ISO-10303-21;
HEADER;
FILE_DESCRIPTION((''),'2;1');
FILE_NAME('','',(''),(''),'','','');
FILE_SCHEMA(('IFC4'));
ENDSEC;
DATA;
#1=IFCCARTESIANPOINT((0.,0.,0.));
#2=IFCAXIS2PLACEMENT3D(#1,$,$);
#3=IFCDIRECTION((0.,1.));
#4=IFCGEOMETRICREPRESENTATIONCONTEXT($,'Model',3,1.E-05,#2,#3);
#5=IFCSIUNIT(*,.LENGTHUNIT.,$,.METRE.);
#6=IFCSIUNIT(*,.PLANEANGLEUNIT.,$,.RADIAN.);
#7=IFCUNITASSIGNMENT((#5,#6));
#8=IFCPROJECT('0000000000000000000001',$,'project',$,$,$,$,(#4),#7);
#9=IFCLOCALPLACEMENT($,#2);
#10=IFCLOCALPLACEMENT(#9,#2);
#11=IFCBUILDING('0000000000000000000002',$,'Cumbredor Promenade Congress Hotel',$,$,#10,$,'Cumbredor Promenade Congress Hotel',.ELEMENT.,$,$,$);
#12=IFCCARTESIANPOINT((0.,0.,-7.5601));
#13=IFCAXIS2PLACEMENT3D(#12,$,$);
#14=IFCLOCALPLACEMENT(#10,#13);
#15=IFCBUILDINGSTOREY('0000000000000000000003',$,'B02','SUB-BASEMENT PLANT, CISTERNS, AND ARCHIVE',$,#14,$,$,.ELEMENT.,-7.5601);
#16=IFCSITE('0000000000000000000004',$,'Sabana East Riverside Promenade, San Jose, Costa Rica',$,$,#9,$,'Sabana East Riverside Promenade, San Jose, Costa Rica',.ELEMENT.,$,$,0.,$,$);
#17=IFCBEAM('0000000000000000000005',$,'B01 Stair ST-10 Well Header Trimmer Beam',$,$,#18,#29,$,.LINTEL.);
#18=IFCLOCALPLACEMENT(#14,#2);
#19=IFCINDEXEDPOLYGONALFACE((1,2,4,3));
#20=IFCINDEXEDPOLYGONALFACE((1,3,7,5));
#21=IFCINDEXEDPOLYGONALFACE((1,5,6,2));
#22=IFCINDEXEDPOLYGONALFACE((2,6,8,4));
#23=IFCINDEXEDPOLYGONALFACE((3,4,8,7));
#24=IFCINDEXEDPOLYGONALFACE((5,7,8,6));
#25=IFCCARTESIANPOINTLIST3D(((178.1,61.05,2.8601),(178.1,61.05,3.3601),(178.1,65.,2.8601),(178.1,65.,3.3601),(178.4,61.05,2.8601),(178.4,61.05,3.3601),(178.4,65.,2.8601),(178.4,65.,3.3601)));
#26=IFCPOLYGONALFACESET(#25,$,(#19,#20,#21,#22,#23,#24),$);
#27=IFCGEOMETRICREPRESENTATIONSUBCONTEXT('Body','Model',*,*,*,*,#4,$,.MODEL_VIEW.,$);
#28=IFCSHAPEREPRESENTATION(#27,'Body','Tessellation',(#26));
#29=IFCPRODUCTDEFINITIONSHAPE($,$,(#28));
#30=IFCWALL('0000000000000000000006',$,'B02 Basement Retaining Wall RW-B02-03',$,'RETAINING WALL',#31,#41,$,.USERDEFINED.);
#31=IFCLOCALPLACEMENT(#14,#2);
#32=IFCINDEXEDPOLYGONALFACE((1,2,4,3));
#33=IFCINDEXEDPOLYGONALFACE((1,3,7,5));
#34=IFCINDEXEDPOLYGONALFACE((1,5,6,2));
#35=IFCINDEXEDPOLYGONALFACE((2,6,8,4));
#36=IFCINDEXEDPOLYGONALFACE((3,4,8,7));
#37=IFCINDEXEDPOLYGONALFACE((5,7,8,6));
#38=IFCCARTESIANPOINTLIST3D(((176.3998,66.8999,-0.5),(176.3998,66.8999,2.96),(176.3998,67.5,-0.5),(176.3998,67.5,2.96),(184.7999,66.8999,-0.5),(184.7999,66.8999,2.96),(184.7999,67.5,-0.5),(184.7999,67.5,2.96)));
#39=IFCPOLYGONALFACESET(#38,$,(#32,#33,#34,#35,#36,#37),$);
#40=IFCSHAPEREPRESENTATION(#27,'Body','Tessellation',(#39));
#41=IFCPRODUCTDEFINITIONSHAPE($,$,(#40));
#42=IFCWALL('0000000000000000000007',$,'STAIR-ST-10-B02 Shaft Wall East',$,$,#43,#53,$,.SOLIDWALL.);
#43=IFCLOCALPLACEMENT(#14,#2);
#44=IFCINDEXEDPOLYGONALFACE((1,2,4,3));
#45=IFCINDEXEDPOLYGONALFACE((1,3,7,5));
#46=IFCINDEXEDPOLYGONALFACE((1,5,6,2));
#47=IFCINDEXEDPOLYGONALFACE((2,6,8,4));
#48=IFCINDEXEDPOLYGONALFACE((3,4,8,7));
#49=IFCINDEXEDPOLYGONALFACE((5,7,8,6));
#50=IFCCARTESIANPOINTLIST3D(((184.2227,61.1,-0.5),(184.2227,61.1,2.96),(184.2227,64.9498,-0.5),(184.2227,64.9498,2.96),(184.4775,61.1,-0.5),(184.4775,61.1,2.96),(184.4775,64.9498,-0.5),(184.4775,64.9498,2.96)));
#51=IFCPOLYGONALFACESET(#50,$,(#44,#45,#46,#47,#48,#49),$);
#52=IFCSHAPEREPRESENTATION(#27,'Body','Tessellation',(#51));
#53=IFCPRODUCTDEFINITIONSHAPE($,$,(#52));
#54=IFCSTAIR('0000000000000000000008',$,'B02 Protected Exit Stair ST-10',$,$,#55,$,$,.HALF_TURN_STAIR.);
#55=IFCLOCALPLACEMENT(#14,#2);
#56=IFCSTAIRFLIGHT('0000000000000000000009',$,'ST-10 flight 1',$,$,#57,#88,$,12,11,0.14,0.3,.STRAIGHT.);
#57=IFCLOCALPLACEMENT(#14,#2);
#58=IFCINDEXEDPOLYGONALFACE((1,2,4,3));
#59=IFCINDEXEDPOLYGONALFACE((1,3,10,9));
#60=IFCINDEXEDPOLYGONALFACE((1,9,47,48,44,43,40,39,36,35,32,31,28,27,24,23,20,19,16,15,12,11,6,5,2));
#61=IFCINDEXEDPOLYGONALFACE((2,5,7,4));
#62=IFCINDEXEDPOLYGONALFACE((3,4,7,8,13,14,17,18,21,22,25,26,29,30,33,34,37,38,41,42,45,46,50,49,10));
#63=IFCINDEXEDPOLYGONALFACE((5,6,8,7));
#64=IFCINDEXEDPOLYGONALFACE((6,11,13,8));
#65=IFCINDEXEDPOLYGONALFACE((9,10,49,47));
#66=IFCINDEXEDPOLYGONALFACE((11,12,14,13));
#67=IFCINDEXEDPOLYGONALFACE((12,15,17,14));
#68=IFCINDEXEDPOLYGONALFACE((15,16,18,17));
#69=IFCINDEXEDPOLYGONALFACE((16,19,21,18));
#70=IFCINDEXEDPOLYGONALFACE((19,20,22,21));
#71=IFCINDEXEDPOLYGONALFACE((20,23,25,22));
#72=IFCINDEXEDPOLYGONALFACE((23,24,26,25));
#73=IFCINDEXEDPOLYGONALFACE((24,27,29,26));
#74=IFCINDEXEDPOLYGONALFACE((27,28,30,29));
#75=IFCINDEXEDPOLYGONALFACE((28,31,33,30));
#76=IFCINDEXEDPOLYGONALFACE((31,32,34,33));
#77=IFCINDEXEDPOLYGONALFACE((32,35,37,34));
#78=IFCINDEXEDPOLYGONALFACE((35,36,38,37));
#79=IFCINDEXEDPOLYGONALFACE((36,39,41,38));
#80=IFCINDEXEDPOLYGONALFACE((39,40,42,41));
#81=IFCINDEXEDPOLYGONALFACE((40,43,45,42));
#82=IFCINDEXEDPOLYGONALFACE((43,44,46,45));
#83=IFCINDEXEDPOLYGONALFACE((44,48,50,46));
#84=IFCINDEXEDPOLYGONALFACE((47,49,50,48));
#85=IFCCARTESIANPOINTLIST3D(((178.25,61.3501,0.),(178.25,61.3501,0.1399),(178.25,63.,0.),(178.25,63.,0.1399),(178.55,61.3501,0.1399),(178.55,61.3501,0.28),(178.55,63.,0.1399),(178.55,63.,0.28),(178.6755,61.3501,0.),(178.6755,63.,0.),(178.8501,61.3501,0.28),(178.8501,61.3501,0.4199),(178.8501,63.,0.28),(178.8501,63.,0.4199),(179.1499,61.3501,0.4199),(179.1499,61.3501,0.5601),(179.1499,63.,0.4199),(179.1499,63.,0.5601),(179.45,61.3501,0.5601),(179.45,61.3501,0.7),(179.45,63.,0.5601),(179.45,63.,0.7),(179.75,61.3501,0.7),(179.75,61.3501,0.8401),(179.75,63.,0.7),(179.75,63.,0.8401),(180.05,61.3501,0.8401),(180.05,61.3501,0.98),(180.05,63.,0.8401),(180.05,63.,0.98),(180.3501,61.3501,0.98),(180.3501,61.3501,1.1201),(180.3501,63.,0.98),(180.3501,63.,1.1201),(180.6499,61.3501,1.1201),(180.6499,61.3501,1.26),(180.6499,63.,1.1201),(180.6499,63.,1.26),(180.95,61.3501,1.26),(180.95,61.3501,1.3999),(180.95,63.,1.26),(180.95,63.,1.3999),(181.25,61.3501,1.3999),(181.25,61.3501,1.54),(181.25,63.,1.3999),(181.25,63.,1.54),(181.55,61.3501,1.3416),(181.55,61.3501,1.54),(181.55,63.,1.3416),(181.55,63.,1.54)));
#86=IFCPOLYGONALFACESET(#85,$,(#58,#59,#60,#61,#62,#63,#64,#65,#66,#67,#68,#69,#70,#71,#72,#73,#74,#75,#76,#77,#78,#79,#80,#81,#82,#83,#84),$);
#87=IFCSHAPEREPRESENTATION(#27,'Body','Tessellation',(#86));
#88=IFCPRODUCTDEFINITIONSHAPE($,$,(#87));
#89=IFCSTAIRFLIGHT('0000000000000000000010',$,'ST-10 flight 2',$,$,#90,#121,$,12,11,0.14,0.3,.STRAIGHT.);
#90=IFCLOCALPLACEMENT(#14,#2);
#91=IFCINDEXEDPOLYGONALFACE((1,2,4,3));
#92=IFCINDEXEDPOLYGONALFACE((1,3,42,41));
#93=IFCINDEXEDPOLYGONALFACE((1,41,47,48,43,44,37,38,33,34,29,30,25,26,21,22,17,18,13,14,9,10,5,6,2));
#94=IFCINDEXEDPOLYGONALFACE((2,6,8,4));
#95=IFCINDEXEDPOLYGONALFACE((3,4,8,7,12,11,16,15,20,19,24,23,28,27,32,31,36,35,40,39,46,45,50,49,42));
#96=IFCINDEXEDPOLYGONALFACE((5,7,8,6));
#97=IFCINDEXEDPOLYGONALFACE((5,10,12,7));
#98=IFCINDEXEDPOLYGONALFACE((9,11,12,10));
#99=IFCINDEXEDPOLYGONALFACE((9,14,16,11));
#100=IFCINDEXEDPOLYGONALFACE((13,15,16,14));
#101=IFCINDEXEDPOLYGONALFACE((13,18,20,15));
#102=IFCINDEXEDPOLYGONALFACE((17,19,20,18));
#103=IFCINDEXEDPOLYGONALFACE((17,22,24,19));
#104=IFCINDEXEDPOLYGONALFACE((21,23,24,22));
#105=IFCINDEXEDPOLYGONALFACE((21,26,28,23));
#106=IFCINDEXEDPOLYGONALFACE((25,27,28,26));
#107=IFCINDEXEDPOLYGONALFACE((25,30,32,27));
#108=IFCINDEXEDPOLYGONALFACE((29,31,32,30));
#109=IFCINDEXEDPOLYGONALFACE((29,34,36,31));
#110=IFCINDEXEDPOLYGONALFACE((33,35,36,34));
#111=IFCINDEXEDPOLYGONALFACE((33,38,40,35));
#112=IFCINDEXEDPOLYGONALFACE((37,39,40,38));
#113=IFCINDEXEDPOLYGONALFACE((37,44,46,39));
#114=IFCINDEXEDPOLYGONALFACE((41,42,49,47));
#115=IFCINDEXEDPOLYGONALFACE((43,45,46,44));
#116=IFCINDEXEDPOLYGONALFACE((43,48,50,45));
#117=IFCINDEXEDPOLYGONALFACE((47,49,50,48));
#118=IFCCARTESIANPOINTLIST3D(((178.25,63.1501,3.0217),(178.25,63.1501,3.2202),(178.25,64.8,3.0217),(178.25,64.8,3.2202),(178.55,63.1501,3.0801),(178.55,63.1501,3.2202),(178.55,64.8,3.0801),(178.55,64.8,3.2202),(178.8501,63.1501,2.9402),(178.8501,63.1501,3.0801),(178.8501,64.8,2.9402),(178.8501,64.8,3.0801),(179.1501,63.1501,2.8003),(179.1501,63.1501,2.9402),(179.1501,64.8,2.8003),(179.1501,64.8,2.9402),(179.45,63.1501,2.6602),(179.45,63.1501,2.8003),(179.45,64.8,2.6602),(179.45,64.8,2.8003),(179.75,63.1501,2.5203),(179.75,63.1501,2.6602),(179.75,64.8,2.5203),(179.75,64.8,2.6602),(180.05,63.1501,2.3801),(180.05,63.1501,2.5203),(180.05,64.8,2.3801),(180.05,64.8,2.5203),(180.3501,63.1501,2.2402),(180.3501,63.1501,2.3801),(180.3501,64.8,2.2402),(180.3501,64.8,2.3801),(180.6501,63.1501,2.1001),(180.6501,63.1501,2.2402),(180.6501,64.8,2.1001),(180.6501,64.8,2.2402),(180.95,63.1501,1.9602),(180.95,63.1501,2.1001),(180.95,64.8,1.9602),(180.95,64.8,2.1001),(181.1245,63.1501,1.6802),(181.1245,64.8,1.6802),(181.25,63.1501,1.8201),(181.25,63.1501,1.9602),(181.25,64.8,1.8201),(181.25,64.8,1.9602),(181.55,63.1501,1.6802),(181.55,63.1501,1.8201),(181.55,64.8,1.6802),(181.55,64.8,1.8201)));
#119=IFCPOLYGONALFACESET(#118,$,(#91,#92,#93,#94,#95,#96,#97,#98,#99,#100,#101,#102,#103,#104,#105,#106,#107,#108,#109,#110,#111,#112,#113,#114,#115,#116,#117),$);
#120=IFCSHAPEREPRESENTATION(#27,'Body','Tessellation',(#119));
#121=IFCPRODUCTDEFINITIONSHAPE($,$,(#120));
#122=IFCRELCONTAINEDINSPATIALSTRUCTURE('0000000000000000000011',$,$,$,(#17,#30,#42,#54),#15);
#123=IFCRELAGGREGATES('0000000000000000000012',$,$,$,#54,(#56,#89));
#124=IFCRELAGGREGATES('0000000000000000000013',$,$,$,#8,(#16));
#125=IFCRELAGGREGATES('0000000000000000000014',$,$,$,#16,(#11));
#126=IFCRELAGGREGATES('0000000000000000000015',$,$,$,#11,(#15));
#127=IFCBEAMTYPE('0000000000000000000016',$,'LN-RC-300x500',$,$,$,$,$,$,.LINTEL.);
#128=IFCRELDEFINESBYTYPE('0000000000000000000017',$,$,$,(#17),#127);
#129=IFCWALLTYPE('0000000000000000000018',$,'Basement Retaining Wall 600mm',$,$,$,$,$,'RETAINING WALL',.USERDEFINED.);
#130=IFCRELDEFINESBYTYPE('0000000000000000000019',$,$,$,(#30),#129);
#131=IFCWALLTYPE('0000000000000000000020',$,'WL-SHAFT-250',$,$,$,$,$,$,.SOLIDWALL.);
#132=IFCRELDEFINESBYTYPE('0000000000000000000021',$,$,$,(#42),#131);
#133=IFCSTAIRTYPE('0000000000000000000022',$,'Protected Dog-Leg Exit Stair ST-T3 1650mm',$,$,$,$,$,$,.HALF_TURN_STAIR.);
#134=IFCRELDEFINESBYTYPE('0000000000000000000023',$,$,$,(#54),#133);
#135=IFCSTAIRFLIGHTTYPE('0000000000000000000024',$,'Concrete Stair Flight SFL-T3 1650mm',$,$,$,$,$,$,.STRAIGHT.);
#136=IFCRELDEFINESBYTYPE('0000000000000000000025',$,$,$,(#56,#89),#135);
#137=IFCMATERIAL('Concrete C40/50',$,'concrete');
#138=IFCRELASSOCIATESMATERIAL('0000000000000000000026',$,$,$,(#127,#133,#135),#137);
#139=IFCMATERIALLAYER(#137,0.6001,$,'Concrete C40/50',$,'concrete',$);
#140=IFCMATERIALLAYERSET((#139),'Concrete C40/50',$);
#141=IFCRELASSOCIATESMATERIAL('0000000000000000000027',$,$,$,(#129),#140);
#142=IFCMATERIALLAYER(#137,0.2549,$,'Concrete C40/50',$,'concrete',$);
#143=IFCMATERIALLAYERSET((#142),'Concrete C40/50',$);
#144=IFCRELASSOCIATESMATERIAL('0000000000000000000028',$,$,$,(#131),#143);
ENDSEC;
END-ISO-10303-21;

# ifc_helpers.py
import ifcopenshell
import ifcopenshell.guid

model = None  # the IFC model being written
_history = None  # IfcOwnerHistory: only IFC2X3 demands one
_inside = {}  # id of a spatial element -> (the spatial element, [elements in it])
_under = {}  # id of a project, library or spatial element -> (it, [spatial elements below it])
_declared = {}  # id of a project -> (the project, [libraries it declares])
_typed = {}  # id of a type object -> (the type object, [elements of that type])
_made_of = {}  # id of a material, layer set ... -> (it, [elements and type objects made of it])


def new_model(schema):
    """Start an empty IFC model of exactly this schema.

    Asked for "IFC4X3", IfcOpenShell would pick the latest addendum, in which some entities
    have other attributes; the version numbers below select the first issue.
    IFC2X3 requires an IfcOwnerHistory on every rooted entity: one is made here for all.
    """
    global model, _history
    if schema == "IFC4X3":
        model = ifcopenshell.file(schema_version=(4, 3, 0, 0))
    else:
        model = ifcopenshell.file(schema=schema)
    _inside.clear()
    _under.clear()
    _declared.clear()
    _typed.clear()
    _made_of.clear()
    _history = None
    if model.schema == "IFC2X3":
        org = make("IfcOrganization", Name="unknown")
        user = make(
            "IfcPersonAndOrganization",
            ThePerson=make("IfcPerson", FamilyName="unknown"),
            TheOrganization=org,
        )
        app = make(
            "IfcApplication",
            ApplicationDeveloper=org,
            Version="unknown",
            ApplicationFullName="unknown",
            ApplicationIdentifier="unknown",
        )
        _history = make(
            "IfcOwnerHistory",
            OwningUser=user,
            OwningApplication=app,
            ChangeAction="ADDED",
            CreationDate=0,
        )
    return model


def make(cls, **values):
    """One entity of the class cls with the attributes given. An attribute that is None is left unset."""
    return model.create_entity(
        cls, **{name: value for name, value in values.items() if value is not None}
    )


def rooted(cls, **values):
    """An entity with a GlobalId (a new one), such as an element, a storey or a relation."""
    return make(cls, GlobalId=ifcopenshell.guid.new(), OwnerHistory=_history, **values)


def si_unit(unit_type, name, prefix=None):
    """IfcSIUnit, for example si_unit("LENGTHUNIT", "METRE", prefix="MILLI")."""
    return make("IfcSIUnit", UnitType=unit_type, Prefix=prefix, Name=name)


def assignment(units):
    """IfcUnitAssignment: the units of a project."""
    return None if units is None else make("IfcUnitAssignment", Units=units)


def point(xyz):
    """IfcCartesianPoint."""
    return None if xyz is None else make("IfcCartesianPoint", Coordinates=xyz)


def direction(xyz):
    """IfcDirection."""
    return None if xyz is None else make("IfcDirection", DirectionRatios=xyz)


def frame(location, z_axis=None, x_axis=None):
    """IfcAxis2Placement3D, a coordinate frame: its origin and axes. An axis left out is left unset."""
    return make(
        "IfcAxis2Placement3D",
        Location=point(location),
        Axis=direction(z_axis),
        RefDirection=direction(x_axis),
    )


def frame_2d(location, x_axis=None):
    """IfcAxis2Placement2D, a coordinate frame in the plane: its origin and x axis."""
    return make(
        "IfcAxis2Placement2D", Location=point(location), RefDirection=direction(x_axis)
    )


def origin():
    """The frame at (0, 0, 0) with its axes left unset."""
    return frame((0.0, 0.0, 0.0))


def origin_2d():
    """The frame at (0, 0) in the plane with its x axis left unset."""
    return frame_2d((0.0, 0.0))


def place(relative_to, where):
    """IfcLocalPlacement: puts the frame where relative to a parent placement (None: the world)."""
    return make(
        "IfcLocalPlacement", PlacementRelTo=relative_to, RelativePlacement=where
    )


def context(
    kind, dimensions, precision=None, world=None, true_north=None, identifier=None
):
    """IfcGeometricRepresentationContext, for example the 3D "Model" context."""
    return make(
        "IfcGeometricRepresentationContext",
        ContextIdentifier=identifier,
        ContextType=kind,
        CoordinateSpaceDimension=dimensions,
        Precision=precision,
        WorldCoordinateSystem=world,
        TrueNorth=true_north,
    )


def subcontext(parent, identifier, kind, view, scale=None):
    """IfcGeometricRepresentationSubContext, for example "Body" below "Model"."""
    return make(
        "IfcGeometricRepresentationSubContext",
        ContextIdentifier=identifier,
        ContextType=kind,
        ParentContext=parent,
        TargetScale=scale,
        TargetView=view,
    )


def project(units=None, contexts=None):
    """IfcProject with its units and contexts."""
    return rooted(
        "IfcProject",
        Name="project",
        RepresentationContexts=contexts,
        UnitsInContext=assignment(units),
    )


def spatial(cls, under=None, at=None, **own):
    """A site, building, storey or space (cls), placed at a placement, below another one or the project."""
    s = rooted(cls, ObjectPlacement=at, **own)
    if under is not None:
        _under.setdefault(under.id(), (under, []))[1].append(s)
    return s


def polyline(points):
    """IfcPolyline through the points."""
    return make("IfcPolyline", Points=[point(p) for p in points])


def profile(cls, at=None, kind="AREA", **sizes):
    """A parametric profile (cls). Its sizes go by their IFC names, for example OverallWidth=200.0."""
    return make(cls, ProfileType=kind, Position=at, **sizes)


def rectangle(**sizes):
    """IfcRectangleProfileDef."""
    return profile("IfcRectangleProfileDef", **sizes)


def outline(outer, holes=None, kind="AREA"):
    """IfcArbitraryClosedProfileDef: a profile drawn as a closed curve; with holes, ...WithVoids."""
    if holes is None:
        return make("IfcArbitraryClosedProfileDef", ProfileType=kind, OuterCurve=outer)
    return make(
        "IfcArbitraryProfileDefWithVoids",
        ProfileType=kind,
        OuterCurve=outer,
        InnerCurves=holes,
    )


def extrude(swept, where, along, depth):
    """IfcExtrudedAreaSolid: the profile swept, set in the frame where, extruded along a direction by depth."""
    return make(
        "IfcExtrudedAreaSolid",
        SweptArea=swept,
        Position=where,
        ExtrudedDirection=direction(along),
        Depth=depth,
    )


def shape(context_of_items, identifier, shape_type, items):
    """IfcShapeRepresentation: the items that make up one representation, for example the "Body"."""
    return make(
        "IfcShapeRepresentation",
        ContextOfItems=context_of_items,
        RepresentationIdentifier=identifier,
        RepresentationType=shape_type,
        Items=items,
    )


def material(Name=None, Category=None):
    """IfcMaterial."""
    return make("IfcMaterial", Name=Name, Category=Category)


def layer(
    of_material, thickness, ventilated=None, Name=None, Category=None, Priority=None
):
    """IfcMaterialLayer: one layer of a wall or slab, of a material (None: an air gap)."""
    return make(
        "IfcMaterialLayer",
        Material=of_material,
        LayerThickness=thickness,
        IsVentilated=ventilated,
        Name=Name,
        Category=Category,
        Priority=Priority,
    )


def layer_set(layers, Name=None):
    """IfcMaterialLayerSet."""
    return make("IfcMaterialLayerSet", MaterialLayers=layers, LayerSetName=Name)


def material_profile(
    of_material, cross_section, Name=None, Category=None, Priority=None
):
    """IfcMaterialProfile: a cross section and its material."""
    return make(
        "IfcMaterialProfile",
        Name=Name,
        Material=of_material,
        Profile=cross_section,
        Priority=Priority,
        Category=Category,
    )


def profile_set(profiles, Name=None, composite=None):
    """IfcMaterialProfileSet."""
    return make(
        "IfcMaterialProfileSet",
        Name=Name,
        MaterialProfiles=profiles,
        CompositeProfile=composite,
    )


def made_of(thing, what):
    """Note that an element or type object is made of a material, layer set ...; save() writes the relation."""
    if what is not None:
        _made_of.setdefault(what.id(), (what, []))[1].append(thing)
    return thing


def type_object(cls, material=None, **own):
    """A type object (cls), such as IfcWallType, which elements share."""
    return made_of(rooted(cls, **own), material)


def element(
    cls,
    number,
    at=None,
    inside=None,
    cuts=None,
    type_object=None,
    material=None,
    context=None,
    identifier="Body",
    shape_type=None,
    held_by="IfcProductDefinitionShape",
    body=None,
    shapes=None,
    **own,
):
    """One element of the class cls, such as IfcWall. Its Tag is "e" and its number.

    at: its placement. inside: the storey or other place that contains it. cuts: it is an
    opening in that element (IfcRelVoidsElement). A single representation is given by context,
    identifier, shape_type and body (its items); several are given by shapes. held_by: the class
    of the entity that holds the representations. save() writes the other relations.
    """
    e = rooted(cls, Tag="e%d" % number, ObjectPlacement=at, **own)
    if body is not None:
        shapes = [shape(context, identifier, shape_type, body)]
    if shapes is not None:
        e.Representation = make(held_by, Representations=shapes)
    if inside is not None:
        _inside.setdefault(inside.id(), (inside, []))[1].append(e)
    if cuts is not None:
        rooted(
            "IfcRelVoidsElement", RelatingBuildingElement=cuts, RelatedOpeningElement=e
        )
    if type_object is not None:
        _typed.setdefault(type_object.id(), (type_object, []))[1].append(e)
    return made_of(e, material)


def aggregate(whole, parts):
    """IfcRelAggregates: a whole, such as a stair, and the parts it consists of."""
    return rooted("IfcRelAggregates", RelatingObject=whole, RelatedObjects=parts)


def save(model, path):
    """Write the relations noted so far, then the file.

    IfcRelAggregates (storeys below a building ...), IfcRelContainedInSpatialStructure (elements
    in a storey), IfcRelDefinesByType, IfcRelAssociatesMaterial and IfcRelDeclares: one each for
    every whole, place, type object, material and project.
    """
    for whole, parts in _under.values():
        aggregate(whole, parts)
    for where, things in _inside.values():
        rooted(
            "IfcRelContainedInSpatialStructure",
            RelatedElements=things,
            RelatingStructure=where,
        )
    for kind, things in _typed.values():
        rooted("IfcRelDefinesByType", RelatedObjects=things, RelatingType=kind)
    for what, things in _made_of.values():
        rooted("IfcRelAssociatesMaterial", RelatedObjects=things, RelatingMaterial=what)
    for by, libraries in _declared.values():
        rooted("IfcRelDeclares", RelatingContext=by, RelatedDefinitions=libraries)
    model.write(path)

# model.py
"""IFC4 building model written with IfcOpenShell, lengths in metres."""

from ifc_helpers import new_model, si_unit, direction, frame, frame_2d, origin, origin_2d, place, context, subcontext, project, spatial, polyline, rectangle, outline, extrude, material, layer, layer_set, material_profile, profile_set, type_object, element, aggregate, save


model = new_model("IFC4")

# Units and contexts
model_context = context("Model", 3, precision=1e-05, world=origin(), true_north=direction((0.0, 1.0)))
body_context = subcontext(model_context, "Body", "Model", "MODEL_VIEW")
ifc_project = project(units=[si_unit("LENGTHUNIT", "METRE"), si_unit("PLANEANGLEUNIT", "RADIAN")], contexts=[model_context])

# Site, building, storey
site_placement = place(None, origin())
site = spatial("IfcSite", under=ifc_project, at=site_placement, Name="Sabana East Riverside Promenade, San Jose, Costa Rica", LongName="Sabana East Riverside Promenade, San Jose, Costa Rica", CompositionType="ELEMENT", RefElevation=0.0)
building_placement = place(site_placement, origin())
building = spatial("IfcBuilding", under=site, at=building_placement, Name="Cumbredor Promenade Congress Hotel", LongName="Cumbredor Promenade Congress Hotel", CompositionType="ELEMENT")
storey_placement = place(building_placement, frame((0.0, 0.0, -7.5601)))
storey = spatial("IfcBuildingStorey", under=building, at=storey_placement, Name="B02", Description="SUB-BASEMENT PLANT, CISTERNS, AND ARCHIVE", CompositionType="ELEMENT", Elevation=-7.5601)

# Shared definitions
ifc_material_1 = material(Name="Concrete C40/50", Category="concrete")

# Beam
ifc_material_profile_1 = material_profile(ifc_material_1, rectangle(XDim=0.3, YDim=0.5, at=origin_2d()), Name="RC LINTEL 300x500")
ifc_profile_set_1 = profile_set([ifc_material_profile_1], Name="Concrete C40/50")
beam_type_1 = type_object("IfcBeamType", Name="LN-RC-300x500", PredefinedType="LINTEL", material=ifc_profile_set_1)
for number, where, z_axis, x_axis, name in (
    (1, (178.25, 61.05, 3.1101), (0.0, 1.0, 0.0), (-1.0, 0.0, 0.0), "B01 Stair ST-10 Well Header Trimmer Beam"),
):
    element("IfcBeam", number, at=place(storey_placement, frame(where, z_axis=z_axis, x_axis=x_axis)), inside=storey, type_object=beam_type_1, Name=name, PredefinedType="LINTEL", context=body_context, shape_type="SweptSolid", body=[
        extrude(rectangle(XDim=0.3, YDim=0.5, at=origin_2d()), origin(), (0.0, 0.0, 1.0), 3.95),
    ])

# Walls
ifc_layer_1 = layer(ifc_material_1, 0.6001, Name="Concrete C40/50", Category="concrete")
ifc_layer_set_1 = layer_set([ifc_layer_1], Name="Concrete C40/50")
wall_type_1 = type_object("IfcWallType", Name="Basement Retaining Wall 600mm", ElementType="RETAINING WALL", PredefinedType="USERDEFINED", material=ifc_layer_set_1)
wall_1_placement = place(storey_placement, frame((184.8, 67.2, -0.5), z_axis=(0.0, 0.0, 1.0), x_axis=(-1.0, 0.0, 0.0)))
element("IfcWall", 2, at=wall_1_placement, inside=storey, type_object=wall_type_1, Name="B02 Basement Retaining Wall RW-B02-03", ObjectType="RETAINING WALL", PredefinedType="USERDEFINED", context=body_context, shape_type="SweptSolid", body=[
    extrude(rectangle(XDim=8.4001, YDim=0.6001, at=frame_2d((4.2002, 0.0))), origin(), (0.0, 0.0, 1.0), 3.46),
])
ifc_layer_2 = layer(ifc_material_1, 0.2549, Name="Concrete C40/50", Category="concrete")
ifc_layer_set_2 = layer_set([ifc_layer_2], Name="Concrete C40/50")
wall_type_2 = type_object("IfcWallType", Name="WL-SHAFT-250", PredefinedType="SOLIDWALL", material=ifc_layer_set_2)
wall_2_placement = place(storey_placement, frame((184.3501, 61.1001, -0.5), z_axis=(0.0, 0.0, 1.0), x_axis=(0.0, 1.0, 0.0)))
element("IfcWall", 3, at=wall_2_placement, inside=storey, type_object=wall_type_2, Name="STAIR-ST-10-B02 Shaft Wall East", PredefinedType="SOLIDWALL", context=body_context, shape_type="SweptSolid", body=[
    extrude(rectangle(XDim=3.8499, YDim=0.2549, at=frame_2d((1.9248, 0.0))), origin(), (0.0, 0.0, 1.0), 3.46),
])

# Stair, stair flights
stair_type = type_object("IfcStairType", Name="Protected Dog-Leg Exit Stair ST-T3 1650mm", PredefinedType="HALF_TURN_STAIR", material=ifc_material_1)
stair_placement = place(storey_placement, origin())
stair = element("IfcStair", 4, at=stair_placement, inside=storey, type_object=stair_type, Name="B02 Protected Exit Stair ST-10", PredefinedType="HALF_TURN_STAIR")
stair_flight_type = type_object("IfcStairFlightType", Name="Concrete Stair Flight SFL-T3 1650mm", PredefinedType="STRAIGHT", material=ifc_material_1)
stair_flight_1_placement = place(storey_placement, frame((178.25, 62.175, 0.0), z_axis=(0.0, 0.0, 1.0), x_axis=(1.0, 0.0, 0.0)))
stair_flight_1 = element("IfcStairFlight", 5, at=stair_flight_1_placement, type_object=stair_flight_type, Name="ST-10 flight 1", NumberOfRisers=12, NumberOfTreads=11, PredefinedType="STRAIGHT", RiserHeight=0.14, TreadLength=0.3, context=body_context, shape_type="SweptSolid", body=[
    extrude(outline(polyline([(0.0, 0.0), (0.0, 0.1399), (0.3, 0.1399), (0.3, 0.28), (0.6001, 0.28), (0.6001, 0.4199), (0.8999, 0.4199), (0.8999, 0.5601), (1.2, 0.5601), (1.2, 0.7), (1.5, 0.7), (1.5, 0.8401), (1.8, 0.8401), (1.8, 0.98), (2.1001, 0.98), (2.1001, 1.1201), (2.3999, 1.1201), (2.3999, 1.26), (2.7, 1.26), (2.7, 1.3999), (3.0, 1.3999), (3.0, 1.54), (3.3, 1.54), (3.3, 1.6799), (3.3, 1.3416), (0.4255, 0.0), (0.0, 0.0)])), frame((0.0, 0.825, 0.0), z_axis=(0.0, -1.0, 0.0), x_axis=(1.0, 0.0, 0.0)), (0.0, 0.0, 1.0), 1.6499),
])
stair_flight_2_placement = place(storey_placement, frame((181.55, 63.9751, 1.6802), z_axis=(0.0, 0.0, 1.0), x_axis=(-1.0, 0.0, 0.0)))
stair_flight_2 = element("IfcStairFlight", 6, at=stair_flight_2_placement, type_object=stair_flight_type, Name="ST-10 flight 2", NumberOfRisers=12, NumberOfTreads=11, PredefinedType="STRAIGHT", RiserHeight=0.14, TreadLength=0.3, context=body_context, shape_type="SweptSolid", body=[
    extrude(outline(polyline([(0.0, 0.0), (0.0, 0.1399), (0.3, 0.1399), (0.3, 0.28), (0.6001, 0.28), (0.6001, 0.4199), (0.8999, 0.4199), (0.8999, 0.5601), (1.2, 0.5601), (1.2, 0.7), (1.5, 0.7), (1.5, 0.8401), (1.8, 0.8401), (1.8, 0.98), (2.1001, 0.98), (2.1001, 1.1201), (2.3999, 1.1201), (2.3999, 1.26), (2.7, 1.26), (2.7, 1.3999), (3.0, 1.3999), (3.0, 1.54), (3.3, 1.54), (3.3, 1.6799), (3.3, 1.3416), (0.4255, 0.0), (0.0, 0.0)])), frame((0.0, 0.825, 0.0), z_axis=(0.0, -1.0, 0.0), x_axis=(1.0, 0.0, 0.0)), (0.0, 0.0, 1.0), 1.6499),
])
aggregate(stair, [stair_flight_1, stair_flight_2])

save(model, "model.ifc")
